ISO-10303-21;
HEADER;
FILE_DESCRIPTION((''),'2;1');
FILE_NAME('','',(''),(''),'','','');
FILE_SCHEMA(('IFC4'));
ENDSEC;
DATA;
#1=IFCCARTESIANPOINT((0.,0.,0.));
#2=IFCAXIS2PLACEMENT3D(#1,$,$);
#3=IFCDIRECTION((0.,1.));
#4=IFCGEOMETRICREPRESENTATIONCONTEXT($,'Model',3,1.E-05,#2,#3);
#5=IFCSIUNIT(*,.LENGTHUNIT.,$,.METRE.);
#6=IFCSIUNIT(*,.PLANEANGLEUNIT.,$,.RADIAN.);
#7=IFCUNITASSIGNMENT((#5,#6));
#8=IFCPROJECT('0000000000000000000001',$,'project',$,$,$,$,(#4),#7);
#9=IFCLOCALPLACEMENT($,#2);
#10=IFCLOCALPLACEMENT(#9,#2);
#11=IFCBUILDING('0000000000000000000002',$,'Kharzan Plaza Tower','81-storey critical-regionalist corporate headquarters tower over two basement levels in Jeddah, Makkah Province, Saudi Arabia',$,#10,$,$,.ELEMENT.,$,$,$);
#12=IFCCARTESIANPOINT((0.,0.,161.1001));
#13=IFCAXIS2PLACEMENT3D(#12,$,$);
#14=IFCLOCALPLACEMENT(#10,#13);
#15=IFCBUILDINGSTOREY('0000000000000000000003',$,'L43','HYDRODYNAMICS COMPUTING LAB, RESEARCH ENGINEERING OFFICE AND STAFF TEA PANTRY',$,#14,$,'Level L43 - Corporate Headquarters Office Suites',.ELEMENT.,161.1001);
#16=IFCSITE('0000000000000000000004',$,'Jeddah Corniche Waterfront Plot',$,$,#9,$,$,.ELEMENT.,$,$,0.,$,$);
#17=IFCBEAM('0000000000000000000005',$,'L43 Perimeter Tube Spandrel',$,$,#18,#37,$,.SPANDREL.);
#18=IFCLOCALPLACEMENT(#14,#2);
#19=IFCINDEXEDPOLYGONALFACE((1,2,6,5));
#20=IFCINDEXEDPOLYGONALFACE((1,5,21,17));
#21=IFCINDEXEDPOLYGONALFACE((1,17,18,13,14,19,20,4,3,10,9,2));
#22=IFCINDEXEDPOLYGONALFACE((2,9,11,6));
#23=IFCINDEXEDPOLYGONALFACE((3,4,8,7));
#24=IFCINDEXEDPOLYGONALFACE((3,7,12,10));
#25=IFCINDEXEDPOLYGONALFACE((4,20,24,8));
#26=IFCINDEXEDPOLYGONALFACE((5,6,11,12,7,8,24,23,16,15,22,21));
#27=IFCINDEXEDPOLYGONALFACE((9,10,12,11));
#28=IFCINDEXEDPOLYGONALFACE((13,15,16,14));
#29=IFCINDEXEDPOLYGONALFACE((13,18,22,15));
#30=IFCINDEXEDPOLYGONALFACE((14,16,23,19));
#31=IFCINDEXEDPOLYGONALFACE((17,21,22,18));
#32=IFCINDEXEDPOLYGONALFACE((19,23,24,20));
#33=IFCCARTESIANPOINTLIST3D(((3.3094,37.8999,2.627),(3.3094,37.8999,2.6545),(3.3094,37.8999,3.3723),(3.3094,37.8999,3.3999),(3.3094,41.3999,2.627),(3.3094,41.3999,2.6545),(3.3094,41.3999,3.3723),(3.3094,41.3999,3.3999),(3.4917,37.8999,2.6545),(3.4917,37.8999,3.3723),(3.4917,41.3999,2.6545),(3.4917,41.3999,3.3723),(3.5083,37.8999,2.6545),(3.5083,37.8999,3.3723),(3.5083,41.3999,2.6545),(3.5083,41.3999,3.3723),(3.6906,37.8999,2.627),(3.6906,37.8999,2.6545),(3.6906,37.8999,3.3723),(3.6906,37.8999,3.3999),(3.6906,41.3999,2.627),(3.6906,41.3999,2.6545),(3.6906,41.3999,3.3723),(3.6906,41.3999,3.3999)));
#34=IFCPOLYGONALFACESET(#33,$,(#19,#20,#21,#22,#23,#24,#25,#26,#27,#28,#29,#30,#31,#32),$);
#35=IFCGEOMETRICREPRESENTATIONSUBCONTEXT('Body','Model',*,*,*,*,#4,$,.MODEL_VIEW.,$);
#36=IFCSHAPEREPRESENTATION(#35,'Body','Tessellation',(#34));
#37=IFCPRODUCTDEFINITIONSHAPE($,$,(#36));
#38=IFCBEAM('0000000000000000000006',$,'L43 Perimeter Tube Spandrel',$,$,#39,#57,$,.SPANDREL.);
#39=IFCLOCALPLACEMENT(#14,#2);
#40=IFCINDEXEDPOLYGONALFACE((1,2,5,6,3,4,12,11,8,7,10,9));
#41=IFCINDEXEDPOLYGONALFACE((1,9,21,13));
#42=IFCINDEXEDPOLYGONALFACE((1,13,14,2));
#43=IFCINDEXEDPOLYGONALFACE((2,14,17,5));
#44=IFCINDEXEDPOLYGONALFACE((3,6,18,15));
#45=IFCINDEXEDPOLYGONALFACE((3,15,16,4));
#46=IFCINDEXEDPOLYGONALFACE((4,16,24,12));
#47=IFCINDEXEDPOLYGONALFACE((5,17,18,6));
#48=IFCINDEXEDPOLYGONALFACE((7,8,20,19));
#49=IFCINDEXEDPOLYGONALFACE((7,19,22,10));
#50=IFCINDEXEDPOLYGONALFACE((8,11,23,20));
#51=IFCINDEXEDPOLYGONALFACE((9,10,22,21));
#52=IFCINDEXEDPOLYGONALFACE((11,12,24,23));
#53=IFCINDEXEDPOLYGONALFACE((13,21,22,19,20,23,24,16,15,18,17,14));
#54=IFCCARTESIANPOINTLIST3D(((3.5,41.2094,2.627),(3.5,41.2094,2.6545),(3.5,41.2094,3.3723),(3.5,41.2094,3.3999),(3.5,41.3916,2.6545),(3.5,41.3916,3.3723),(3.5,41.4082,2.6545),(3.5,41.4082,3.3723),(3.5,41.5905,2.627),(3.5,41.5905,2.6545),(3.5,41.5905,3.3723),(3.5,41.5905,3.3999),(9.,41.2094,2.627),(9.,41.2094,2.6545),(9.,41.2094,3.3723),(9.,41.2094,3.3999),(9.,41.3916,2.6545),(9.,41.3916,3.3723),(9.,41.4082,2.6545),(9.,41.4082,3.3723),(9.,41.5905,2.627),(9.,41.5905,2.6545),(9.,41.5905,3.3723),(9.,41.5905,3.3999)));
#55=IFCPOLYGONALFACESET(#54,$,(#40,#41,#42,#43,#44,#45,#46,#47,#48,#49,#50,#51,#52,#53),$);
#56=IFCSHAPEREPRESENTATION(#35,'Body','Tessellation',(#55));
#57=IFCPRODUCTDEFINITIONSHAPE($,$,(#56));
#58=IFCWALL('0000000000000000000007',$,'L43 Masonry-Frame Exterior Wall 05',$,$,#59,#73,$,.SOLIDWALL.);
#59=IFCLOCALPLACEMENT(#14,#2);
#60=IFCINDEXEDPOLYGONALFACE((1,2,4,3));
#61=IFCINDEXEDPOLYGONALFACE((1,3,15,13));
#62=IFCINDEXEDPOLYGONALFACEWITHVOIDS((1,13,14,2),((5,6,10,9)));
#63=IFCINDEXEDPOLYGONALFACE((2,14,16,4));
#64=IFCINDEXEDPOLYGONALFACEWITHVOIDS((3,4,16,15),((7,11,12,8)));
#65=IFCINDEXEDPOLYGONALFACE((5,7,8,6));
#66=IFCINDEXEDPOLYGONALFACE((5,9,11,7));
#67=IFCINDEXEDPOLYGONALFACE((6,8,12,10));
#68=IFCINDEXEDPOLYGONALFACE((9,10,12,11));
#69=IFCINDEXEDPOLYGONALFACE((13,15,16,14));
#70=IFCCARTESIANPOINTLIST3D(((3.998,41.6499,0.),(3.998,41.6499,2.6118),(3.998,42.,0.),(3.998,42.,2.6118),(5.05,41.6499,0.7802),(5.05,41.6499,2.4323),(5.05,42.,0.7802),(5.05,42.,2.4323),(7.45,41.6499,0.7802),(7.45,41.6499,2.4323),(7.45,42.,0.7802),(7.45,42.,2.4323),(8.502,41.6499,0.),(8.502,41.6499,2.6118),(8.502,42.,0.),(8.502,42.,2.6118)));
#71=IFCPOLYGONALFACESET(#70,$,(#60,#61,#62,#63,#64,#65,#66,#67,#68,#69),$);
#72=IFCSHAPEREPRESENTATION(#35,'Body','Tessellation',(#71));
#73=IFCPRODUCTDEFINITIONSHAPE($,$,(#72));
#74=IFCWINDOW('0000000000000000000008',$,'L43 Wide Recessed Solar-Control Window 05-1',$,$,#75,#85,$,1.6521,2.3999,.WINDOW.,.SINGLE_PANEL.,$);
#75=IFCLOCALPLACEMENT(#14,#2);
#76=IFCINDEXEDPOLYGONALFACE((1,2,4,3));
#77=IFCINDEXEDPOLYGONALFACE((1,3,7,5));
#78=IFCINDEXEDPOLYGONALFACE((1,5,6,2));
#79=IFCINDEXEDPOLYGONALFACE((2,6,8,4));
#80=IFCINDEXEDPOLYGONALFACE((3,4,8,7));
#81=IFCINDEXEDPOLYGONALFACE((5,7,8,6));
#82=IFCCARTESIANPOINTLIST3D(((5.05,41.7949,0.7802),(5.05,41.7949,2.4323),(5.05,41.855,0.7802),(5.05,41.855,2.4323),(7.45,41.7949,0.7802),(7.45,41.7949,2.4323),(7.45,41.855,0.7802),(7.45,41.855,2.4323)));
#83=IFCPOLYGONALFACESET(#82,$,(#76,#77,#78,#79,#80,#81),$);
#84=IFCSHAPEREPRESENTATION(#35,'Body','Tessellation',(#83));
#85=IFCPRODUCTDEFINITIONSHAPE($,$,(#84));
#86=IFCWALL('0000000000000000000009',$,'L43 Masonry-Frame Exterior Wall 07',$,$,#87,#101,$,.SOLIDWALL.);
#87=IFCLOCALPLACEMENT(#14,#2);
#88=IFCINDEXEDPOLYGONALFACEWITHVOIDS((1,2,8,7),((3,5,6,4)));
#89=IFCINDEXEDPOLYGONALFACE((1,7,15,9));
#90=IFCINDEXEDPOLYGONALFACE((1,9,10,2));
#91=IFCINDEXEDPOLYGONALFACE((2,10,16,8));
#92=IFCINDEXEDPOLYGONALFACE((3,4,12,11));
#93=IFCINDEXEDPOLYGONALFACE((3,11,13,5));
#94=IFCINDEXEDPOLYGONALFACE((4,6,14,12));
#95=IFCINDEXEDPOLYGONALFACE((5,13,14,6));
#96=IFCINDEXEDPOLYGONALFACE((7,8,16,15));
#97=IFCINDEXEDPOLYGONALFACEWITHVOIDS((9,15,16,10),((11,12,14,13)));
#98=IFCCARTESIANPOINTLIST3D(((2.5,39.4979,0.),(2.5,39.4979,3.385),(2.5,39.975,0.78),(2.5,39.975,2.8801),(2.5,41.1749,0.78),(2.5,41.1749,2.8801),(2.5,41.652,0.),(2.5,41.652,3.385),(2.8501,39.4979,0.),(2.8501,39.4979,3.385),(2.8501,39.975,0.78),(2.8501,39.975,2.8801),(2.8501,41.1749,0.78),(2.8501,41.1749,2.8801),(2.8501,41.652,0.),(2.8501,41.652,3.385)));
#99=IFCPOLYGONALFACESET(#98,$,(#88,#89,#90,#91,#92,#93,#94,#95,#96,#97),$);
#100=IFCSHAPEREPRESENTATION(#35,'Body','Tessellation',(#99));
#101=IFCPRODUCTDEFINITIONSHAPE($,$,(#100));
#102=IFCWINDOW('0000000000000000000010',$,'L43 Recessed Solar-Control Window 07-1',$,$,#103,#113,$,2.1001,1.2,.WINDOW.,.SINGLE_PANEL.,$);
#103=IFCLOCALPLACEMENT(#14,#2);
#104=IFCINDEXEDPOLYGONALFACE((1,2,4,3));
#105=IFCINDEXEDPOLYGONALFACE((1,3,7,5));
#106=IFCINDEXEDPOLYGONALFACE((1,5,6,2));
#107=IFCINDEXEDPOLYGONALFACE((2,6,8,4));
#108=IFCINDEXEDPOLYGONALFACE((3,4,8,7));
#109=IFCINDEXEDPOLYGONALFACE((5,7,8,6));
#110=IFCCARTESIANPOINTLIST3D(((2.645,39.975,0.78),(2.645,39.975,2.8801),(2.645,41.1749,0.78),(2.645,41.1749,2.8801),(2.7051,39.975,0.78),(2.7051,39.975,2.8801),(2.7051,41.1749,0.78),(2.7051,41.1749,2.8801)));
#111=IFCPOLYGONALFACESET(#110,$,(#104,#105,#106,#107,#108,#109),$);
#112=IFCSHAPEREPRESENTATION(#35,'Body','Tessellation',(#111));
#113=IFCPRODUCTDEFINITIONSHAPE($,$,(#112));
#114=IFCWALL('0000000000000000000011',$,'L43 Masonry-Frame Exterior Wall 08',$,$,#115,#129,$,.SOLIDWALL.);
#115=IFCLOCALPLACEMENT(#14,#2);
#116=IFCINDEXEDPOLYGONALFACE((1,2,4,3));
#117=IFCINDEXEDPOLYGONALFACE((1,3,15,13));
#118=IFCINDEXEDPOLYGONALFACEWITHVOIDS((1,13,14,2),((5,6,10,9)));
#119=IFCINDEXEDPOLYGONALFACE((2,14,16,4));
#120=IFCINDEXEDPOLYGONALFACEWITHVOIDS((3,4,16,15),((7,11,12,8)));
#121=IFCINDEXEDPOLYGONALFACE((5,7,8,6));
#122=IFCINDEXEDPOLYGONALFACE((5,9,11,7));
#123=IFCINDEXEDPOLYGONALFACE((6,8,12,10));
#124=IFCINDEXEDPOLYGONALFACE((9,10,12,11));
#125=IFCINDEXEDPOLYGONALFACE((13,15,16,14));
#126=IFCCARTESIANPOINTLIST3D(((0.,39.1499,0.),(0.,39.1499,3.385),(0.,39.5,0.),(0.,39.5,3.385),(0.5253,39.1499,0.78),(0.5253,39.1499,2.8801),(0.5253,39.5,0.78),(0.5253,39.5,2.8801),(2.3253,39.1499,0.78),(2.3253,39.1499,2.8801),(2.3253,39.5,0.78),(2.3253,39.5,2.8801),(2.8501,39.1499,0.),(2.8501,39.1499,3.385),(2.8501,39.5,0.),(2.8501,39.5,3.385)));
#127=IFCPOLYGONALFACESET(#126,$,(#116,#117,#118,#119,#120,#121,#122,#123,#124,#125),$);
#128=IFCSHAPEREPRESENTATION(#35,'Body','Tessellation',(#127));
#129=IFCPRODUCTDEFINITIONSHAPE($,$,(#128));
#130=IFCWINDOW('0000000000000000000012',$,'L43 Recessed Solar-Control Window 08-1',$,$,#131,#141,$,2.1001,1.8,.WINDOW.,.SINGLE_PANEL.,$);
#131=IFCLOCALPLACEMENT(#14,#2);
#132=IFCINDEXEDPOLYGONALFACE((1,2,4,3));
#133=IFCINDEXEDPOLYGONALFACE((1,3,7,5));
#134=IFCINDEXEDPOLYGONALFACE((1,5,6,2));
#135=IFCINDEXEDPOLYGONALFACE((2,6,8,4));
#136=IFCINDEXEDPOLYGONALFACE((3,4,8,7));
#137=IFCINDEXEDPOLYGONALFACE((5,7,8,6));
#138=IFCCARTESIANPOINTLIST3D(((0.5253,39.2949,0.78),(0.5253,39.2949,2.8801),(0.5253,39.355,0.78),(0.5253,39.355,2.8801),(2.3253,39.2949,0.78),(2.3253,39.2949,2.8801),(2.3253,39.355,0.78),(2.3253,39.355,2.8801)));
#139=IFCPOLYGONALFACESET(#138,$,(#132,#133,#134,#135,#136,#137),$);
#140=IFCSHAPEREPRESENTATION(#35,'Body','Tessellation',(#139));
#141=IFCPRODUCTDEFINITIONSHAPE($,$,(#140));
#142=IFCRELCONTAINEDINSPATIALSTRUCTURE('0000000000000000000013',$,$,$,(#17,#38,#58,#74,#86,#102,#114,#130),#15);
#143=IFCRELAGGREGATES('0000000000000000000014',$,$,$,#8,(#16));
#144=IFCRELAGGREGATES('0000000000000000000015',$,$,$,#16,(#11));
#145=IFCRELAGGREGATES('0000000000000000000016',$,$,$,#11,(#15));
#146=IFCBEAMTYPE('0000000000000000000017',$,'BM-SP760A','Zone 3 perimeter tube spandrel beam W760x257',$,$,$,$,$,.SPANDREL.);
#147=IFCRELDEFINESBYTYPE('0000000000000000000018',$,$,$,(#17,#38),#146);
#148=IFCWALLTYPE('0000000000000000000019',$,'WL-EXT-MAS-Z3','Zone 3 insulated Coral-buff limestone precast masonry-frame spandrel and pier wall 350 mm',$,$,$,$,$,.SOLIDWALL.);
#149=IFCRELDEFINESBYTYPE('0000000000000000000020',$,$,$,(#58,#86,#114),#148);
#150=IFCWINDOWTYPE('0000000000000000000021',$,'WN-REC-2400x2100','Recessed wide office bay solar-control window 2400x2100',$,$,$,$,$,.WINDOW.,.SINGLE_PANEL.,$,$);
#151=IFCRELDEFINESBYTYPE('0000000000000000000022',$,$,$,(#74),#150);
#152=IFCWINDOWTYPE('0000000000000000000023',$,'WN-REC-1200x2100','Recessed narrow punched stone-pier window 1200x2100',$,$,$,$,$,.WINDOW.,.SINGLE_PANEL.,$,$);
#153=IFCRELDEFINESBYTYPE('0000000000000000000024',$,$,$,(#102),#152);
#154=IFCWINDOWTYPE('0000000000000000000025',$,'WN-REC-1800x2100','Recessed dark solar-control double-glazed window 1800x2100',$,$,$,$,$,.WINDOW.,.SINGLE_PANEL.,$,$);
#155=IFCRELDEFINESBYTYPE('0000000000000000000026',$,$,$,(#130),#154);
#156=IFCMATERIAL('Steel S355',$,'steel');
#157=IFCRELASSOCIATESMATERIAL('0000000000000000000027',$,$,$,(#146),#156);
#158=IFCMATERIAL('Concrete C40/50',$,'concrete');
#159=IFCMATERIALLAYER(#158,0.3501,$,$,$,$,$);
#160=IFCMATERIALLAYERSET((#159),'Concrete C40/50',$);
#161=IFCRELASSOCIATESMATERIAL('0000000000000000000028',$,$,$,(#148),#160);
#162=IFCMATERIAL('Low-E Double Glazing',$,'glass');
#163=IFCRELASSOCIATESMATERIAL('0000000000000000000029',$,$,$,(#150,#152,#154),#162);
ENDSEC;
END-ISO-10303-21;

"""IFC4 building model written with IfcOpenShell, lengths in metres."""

from ifc_helpers import new_model, si_unit, direction, frame, frame_2d, origin, origin_2d, place, context, subcontext, project, spatial, rectangle, i_section, extrude, source, transform, mapped, material, layer, layer_set, material_profile, profile_set, type_object, element, fill, save


model = new_model("IFC4")

# Units and contexts
model_context = context("Model", 3, precision=1e-05, world=origin(), true_north=direction((0.0, 1.0)))
body_context = subcontext(model_context, "Body", "Model", "MODEL_VIEW")
ifc_project = project(units=[si_unit("LENGTHUNIT", "METRE"), si_unit("PLANEANGLEUNIT", "RADIAN")], contexts=[model_context])

# Site, building, storey
site_placement = place(None, origin())
site = spatial("IfcSite", under=ifc_project, at=site_placement, Name="Jeddah Corniche Waterfront Plot", CompositionType="ELEMENT", RefElevation=0.0)
building_placement = place(site_placement, origin())
building = spatial("IfcBuilding", under=site, at=building_placement, Name="Kharzan Plaza Tower", Description="81-storey critical-regionalist corporate headquarters tower over two basement levels in Jeddah, Makkah Province, Saudi Arabia", CompositionType="ELEMENT")
storey_placement = place(building_placement, frame((0.0, 0.0, 161.1001)))
storey = spatial("IfcBuildingStorey", under=building, at=storey_placement, Name="L43", Description="HYDRODYNAMICS COMPUTING LAB, RESEARCH ENGINEERING OFFICE AND STAFF TEA PANTRY", LongName="Level L43 - Corporate Headquarters Office Suites", CompositionType="ELEMENT", Elevation=161.1001)

# Beams
ifc_material_1 = material(Name="Steel S355", Category="steel")
ifc_material_profile_1 = material_profile(ifc_material_1, i_section(OverallWidth=0.3811, OverallDepth=0.7729, WebThickness=0.0166, FlangeThickness=0.0276, at=origin_2d()), Name="W760x257")
ifc_profile_set_1 = profile_set([ifc_material_profile_1], Name="Steel S355")
beam_type_1 = type_object("IfcBeamType", Name="BM-SP760A", Description="Zone 3 perimeter tube spandrel beam W760x257", PredefinedType="SPANDREL", material=ifc_profile_set_1)
shared_shape_1 = source(origin(), body_context, "Body", "SweptSolid", [
    extrude(i_section(OverallWidth=0.3811, OverallDepth=0.7729, WebThickness=0.0166, FlangeThickness=0.0276, at=origin_2d()), origin(), (0.0, 0.0, 1.0), 3.5),
])
beam_1_placement = place(storey_placement, frame((3.5, 37.8999, 3.0134), z_axis=(0.0, 1.0, 0.0), x_axis=(-1.0, 0.0, 0.0)))
element("IfcBeam", 1, at=beam_1_placement, inside=storey, type_object=beam_type_1, Name="L43 Perimeter Tube Spandrel", PredefinedType="SPANDREL", context=body_context, shape_type="MappedRepresentation", body=[
    mapped(shared_shape_1, transform((0.0, 0.0, 0.0), x_axis=(1.0, 0.0, 0.0), y_axis=(0.0, 1.0, 0.0), z_axis=(0.0, 0.0, 1.0))),
])
shared_shape_2 = source(origin(), body_context, "Body", "SweptSolid", [
    extrude(i_section(OverallWidth=0.3811, OverallDepth=0.7729, WebThickness=0.0166, FlangeThickness=0.0276, at=origin_2d()), origin(), (0.0, 0.0, 1.0), 5.5),
])
beam_2_placement = place(storey_placement, frame((3.5, 41.3999, 3.0134), z_axis=(1.0, 0.0, 0.0), x_axis=(0.0, 1.0, 0.0)))
element("IfcBeam", 2, at=beam_2_placement, inside=storey, type_object=beam_type_1, Name="L43 Perimeter Tube Spandrel", PredefinedType="SPANDREL", context=body_context, shape_type="MappedRepresentation", body=[
    mapped(shared_shape_2, transform((0.0, 0.0, 0.0), x_axis=(1.0, 0.0, 0.0), y_axis=(0.0, 1.0, 0.0), z_axis=(0.0, 0.0, 1.0))),
])

# Walls, openings, windows
ifc_material_2 = material(Name="Concrete C40/50", Category="concrete")
ifc_layer_1 = layer(ifc_material_2, 0.3501)
ifc_layer_set_1 = layer_set([ifc_layer_1], Name="Concrete C40/50")
wall_type_1 = type_object("IfcWallType", Name="WL-EXT-MAS-Z3", Description="Zone 3 insulated Coral-buff limestone precast masonry-frame spandrel and pier wall 350 mm", PredefinedType="SOLIDWALL", material=ifc_layer_set_1)
wall_1_placement = place(storey_placement, frame((8.502, 41.825, 0.0), z_axis=(0.0, 0.0, 1.0), x_axis=(-1.0, 0.0, 0.0)))
wall_1 = element("IfcWall", 3, at=wall_1_placement, inside=storey, type_object=wall_type_1, Name="L43 Masonry-Frame Exterior Wall 05", PredefinedType="SOLIDWALL", context=body_context, shape_type="SweptSolid", body=[
    extrude(rectangle(XDim=4.5039, YDim=0.3501, at=frame_2d((2.252, 0.0))), origin(), (0.0, 0.0, 1.0), 2.6118),
])
opening_1_placement = place(wall_1_placement, frame((1.052, 0.0, 0.78)))
opening_1 = element("IfcOpeningElement", 4, at=opening_1_placement, cuts=wall_1, PredefinedType="OPENING", context=body_context, shape_type="SweptSolid", body=[
    extrude(rectangle(XDim=2.3999, YDim=1.6521, at=frame_2d((1.2, 0.8262))), frame((0.0, 0.1851, 0.0), z_axis=(0.0, -1.0, 0.0), x_axis=(1.0, 0.0, 0.0)), (0.0, 0.0, 1.0), 0.3701),
])
ifc_material_3 = material(Name="Low-E Double Glazing", Category="glass")
window_type_1 = type_object("IfcWindowType", Name="WN-REC-2400x2100", Description="Recessed wide office bay solar-control window 2400x2100", PartitioningType="SINGLE_PANEL", PredefinedType="WINDOW", material=ifc_material_3)
shared_shape_3 = source(origin(), body_context, "Body", "SweptSolid", [
    extrude(rectangle(XDim=2.3999, YDim=1.6521, at=frame_2d((1.2, 0.8262))), frame((0.0, 0.03, 0.0), z_axis=(0.0, -1.0, 0.0), x_axis=(1.0, 0.0, 0.0)), (0.0, 0.0, 1.0), 0.0601),
])
window_1_placement = place(opening_1_placement, origin())
window_1 = element("IfcWindow", 5, at=window_1_placement, inside=storey, type_object=window_type_1, Name="L43 Wide Recessed Solar-Control Window 05-1", OverallHeight=1.6521, OverallWidth=2.3999, PartitioningType="SINGLE_PANEL", PredefinedType="WINDOW", context=body_context, shape_type="MappedRepresentation", body=[
    mapped(shared_shape_3, transform((0.0, 0.0, 0.0), x_axis=(1.0, 0.0, 0.0), y_axis=(0.0, 1.0, 0.0), z_axis=(0.0, 0.0, 1.0))),
])
fill(opening_1, window_1)
wall_2_placement = place(storey_placement, frame((2.675, 41.6521, 0.0), z_axis=(0.0, 0.0, 1.0), x_axis=(0.0, -1.0, 0.0)))
wall_2 = element("IfcWall", 6, at=wall_2_placement, inside=storey, type_object=wall_type_1, Name="L43 Masonry-Frame Exterior Wall 07", PredefinedType="SOLIDWALL", context=body_context, shape_type="SweptSolid", body=[
    extrude(rectangle(XDim=2.1541, YDim=0.3501, at=frame_2d((1.0771, 0.0))), origin(), (0.0, 0.0, 1.0), 3.385),
])
opening_2_placement = place(wall_2_placement, frame((0.4771, 0.0, 0.78)))
opening_2 = element("IfcOpeningElement", 7, at=opening_2_placement, cuts=wall_2, PredefinedType="OPENING", context=body_context, shape_type="SweptSolid", body=[
    extrude(rectangle(XDim=1.2, YDim=2.1001, at=frame_2d((0.6001, 1.05))), frame((0.0, 0.1851, 0.0), z_axis=(0.0, -1.0, 0.0), x_axis=(1.0, 0.0, 0.0)), (0.0, 0.0, 1.0), 0.3701),
])
window_type_2 = type_object("IfcWindowType", Name="WN-REC-1200x2100", Description="Recessed narrow punched stone-pier window 1200x2100", PartitioningType="SINGLE_PANEL", PredefinedType="WINDOW", material=ifc_material_3)
shared_shape_4 = source(origin(), body_context, "Body", "SweptSolid", [
    extrude(rectangle(XDim=1.2, YDim=2.1001, at=frame_2d((0.6001, 1.05))), frame((0.0, 0.03, 0.0), z_axis=(0.0, -1.0, 0.0), x_axis=(1.0, 0.0, 0.0)), (0.0, 0.0, 1.0), 0.0601),
])
window_2_placement = place(opening_2_placement, origin())
window_2 = element("IfcWindow", 8, at=window_2_placement, inside=storey, type_object=window_type_2, Name="L43 Recessed Solar-Control Window 07-1", OverallHeight=2.1001, OverallWidth=1.2, PartitioningType="SINGLE_PANEL", PredefinedType="WINDOW", context=body_context, shape_type="MappedRepresentation", body=[
    mapped(shared_shape_4, transform((0.0, 0.0, 0.0), x_axis=(1.0, 0.0, 0.0), y_axis=(0.0, 1.0, 0.0), z_axis=(0.0, 0.0, 1.0))),
])
fill(opening_2, window_2)
wall_3_placement = place(storey_placement, frame((2.8501, 39.325, 0.0), z_axis=(0.0, 0.0, 1.0), x_axis=(-1.0, 0.0, 0.0)))
wall_3 = element("IfcWall", 9, at=wall_3_placement, inside=storey, type_object=wall_type_1, Name="L43 Masonry-Frame Exterior Wall 08", PredefinedType="SOLIDWALL", context=body_context, shape_type="SweptSolid", body=[
    extrude(rectangle(XDim=2.8501, YDim=0.3501, at=frame_2d((1.425, 0.0))), origin(), (0.0, 0.0, 1.0), 3.385),
])
opening_3_placement = place(wall_3_placement, frame((0.5249, 0.0, 0.78)))
opening_3 = element("IfcOpeningElement", 10, at=opening_3_placement, cuts=wall_3, PredefinedType="OPENING", context=body_context, shape_type="SweptSolid", body=[
    extrude(rectangle(XDim=1.8, YDim=2.1001, at=frame_2d((0.8999, 1.05))), frame((0.0, 0.1851, 0.0), z_axis=(0.0, -1.0, 0.0), x_axis=(1.0, 0.0, 0.0)), (0.0, 0.0, 1.0), 0.3701),
])
window_type_3 = type_object("IfcWindowType", Name="WN-REC-1800x2100", Description="Recessed dark solar-control double-glazed window 1800x2100", PartitioningType="SINGLE_PANEL", PredefinedType="WINDOW", material=ifc_material_3)
shared_shape_5 = source(origin(), body_context, "Body", "SweptSolid", [
    extrude(rectangle(XDim=1.8, YDim=2.1001, at=frame_2d((0.8999, 1.05))), frame((0.0, 0.03, 0.0), z_axis=(0.0, -1.0, 0.0), x_axis=(1.0, 0.0, 0.0)), (0.0, 0.0, 1.0), 0.0601),
])
window_3_placement = place(opening_3_placement, origin())
window_3 = element("IfcWindow", 11, at=window_3_placement, inside=storey, type_object=window_type_3, Name="L43 Recessed Solar-Control Window 08-1", OverallHeight=2.1001, OverallWidth=1.8, PartitioningType="SINGLE_PANEL", PredefinedType="WINDOW", context=body_context, shape_type="MappedRepresentation", body=[
    mapped(shared_shape_5, transform((0.0, 0.0, 0.0), x_axis=(1.0, 0.0, 0.0), y_axis=(0.0, 1.0, 0.0), z_axis=(0.0, 0.0, 1.0))),
])
fill(opening_3, window_3)

save(model, "model.ifc")
